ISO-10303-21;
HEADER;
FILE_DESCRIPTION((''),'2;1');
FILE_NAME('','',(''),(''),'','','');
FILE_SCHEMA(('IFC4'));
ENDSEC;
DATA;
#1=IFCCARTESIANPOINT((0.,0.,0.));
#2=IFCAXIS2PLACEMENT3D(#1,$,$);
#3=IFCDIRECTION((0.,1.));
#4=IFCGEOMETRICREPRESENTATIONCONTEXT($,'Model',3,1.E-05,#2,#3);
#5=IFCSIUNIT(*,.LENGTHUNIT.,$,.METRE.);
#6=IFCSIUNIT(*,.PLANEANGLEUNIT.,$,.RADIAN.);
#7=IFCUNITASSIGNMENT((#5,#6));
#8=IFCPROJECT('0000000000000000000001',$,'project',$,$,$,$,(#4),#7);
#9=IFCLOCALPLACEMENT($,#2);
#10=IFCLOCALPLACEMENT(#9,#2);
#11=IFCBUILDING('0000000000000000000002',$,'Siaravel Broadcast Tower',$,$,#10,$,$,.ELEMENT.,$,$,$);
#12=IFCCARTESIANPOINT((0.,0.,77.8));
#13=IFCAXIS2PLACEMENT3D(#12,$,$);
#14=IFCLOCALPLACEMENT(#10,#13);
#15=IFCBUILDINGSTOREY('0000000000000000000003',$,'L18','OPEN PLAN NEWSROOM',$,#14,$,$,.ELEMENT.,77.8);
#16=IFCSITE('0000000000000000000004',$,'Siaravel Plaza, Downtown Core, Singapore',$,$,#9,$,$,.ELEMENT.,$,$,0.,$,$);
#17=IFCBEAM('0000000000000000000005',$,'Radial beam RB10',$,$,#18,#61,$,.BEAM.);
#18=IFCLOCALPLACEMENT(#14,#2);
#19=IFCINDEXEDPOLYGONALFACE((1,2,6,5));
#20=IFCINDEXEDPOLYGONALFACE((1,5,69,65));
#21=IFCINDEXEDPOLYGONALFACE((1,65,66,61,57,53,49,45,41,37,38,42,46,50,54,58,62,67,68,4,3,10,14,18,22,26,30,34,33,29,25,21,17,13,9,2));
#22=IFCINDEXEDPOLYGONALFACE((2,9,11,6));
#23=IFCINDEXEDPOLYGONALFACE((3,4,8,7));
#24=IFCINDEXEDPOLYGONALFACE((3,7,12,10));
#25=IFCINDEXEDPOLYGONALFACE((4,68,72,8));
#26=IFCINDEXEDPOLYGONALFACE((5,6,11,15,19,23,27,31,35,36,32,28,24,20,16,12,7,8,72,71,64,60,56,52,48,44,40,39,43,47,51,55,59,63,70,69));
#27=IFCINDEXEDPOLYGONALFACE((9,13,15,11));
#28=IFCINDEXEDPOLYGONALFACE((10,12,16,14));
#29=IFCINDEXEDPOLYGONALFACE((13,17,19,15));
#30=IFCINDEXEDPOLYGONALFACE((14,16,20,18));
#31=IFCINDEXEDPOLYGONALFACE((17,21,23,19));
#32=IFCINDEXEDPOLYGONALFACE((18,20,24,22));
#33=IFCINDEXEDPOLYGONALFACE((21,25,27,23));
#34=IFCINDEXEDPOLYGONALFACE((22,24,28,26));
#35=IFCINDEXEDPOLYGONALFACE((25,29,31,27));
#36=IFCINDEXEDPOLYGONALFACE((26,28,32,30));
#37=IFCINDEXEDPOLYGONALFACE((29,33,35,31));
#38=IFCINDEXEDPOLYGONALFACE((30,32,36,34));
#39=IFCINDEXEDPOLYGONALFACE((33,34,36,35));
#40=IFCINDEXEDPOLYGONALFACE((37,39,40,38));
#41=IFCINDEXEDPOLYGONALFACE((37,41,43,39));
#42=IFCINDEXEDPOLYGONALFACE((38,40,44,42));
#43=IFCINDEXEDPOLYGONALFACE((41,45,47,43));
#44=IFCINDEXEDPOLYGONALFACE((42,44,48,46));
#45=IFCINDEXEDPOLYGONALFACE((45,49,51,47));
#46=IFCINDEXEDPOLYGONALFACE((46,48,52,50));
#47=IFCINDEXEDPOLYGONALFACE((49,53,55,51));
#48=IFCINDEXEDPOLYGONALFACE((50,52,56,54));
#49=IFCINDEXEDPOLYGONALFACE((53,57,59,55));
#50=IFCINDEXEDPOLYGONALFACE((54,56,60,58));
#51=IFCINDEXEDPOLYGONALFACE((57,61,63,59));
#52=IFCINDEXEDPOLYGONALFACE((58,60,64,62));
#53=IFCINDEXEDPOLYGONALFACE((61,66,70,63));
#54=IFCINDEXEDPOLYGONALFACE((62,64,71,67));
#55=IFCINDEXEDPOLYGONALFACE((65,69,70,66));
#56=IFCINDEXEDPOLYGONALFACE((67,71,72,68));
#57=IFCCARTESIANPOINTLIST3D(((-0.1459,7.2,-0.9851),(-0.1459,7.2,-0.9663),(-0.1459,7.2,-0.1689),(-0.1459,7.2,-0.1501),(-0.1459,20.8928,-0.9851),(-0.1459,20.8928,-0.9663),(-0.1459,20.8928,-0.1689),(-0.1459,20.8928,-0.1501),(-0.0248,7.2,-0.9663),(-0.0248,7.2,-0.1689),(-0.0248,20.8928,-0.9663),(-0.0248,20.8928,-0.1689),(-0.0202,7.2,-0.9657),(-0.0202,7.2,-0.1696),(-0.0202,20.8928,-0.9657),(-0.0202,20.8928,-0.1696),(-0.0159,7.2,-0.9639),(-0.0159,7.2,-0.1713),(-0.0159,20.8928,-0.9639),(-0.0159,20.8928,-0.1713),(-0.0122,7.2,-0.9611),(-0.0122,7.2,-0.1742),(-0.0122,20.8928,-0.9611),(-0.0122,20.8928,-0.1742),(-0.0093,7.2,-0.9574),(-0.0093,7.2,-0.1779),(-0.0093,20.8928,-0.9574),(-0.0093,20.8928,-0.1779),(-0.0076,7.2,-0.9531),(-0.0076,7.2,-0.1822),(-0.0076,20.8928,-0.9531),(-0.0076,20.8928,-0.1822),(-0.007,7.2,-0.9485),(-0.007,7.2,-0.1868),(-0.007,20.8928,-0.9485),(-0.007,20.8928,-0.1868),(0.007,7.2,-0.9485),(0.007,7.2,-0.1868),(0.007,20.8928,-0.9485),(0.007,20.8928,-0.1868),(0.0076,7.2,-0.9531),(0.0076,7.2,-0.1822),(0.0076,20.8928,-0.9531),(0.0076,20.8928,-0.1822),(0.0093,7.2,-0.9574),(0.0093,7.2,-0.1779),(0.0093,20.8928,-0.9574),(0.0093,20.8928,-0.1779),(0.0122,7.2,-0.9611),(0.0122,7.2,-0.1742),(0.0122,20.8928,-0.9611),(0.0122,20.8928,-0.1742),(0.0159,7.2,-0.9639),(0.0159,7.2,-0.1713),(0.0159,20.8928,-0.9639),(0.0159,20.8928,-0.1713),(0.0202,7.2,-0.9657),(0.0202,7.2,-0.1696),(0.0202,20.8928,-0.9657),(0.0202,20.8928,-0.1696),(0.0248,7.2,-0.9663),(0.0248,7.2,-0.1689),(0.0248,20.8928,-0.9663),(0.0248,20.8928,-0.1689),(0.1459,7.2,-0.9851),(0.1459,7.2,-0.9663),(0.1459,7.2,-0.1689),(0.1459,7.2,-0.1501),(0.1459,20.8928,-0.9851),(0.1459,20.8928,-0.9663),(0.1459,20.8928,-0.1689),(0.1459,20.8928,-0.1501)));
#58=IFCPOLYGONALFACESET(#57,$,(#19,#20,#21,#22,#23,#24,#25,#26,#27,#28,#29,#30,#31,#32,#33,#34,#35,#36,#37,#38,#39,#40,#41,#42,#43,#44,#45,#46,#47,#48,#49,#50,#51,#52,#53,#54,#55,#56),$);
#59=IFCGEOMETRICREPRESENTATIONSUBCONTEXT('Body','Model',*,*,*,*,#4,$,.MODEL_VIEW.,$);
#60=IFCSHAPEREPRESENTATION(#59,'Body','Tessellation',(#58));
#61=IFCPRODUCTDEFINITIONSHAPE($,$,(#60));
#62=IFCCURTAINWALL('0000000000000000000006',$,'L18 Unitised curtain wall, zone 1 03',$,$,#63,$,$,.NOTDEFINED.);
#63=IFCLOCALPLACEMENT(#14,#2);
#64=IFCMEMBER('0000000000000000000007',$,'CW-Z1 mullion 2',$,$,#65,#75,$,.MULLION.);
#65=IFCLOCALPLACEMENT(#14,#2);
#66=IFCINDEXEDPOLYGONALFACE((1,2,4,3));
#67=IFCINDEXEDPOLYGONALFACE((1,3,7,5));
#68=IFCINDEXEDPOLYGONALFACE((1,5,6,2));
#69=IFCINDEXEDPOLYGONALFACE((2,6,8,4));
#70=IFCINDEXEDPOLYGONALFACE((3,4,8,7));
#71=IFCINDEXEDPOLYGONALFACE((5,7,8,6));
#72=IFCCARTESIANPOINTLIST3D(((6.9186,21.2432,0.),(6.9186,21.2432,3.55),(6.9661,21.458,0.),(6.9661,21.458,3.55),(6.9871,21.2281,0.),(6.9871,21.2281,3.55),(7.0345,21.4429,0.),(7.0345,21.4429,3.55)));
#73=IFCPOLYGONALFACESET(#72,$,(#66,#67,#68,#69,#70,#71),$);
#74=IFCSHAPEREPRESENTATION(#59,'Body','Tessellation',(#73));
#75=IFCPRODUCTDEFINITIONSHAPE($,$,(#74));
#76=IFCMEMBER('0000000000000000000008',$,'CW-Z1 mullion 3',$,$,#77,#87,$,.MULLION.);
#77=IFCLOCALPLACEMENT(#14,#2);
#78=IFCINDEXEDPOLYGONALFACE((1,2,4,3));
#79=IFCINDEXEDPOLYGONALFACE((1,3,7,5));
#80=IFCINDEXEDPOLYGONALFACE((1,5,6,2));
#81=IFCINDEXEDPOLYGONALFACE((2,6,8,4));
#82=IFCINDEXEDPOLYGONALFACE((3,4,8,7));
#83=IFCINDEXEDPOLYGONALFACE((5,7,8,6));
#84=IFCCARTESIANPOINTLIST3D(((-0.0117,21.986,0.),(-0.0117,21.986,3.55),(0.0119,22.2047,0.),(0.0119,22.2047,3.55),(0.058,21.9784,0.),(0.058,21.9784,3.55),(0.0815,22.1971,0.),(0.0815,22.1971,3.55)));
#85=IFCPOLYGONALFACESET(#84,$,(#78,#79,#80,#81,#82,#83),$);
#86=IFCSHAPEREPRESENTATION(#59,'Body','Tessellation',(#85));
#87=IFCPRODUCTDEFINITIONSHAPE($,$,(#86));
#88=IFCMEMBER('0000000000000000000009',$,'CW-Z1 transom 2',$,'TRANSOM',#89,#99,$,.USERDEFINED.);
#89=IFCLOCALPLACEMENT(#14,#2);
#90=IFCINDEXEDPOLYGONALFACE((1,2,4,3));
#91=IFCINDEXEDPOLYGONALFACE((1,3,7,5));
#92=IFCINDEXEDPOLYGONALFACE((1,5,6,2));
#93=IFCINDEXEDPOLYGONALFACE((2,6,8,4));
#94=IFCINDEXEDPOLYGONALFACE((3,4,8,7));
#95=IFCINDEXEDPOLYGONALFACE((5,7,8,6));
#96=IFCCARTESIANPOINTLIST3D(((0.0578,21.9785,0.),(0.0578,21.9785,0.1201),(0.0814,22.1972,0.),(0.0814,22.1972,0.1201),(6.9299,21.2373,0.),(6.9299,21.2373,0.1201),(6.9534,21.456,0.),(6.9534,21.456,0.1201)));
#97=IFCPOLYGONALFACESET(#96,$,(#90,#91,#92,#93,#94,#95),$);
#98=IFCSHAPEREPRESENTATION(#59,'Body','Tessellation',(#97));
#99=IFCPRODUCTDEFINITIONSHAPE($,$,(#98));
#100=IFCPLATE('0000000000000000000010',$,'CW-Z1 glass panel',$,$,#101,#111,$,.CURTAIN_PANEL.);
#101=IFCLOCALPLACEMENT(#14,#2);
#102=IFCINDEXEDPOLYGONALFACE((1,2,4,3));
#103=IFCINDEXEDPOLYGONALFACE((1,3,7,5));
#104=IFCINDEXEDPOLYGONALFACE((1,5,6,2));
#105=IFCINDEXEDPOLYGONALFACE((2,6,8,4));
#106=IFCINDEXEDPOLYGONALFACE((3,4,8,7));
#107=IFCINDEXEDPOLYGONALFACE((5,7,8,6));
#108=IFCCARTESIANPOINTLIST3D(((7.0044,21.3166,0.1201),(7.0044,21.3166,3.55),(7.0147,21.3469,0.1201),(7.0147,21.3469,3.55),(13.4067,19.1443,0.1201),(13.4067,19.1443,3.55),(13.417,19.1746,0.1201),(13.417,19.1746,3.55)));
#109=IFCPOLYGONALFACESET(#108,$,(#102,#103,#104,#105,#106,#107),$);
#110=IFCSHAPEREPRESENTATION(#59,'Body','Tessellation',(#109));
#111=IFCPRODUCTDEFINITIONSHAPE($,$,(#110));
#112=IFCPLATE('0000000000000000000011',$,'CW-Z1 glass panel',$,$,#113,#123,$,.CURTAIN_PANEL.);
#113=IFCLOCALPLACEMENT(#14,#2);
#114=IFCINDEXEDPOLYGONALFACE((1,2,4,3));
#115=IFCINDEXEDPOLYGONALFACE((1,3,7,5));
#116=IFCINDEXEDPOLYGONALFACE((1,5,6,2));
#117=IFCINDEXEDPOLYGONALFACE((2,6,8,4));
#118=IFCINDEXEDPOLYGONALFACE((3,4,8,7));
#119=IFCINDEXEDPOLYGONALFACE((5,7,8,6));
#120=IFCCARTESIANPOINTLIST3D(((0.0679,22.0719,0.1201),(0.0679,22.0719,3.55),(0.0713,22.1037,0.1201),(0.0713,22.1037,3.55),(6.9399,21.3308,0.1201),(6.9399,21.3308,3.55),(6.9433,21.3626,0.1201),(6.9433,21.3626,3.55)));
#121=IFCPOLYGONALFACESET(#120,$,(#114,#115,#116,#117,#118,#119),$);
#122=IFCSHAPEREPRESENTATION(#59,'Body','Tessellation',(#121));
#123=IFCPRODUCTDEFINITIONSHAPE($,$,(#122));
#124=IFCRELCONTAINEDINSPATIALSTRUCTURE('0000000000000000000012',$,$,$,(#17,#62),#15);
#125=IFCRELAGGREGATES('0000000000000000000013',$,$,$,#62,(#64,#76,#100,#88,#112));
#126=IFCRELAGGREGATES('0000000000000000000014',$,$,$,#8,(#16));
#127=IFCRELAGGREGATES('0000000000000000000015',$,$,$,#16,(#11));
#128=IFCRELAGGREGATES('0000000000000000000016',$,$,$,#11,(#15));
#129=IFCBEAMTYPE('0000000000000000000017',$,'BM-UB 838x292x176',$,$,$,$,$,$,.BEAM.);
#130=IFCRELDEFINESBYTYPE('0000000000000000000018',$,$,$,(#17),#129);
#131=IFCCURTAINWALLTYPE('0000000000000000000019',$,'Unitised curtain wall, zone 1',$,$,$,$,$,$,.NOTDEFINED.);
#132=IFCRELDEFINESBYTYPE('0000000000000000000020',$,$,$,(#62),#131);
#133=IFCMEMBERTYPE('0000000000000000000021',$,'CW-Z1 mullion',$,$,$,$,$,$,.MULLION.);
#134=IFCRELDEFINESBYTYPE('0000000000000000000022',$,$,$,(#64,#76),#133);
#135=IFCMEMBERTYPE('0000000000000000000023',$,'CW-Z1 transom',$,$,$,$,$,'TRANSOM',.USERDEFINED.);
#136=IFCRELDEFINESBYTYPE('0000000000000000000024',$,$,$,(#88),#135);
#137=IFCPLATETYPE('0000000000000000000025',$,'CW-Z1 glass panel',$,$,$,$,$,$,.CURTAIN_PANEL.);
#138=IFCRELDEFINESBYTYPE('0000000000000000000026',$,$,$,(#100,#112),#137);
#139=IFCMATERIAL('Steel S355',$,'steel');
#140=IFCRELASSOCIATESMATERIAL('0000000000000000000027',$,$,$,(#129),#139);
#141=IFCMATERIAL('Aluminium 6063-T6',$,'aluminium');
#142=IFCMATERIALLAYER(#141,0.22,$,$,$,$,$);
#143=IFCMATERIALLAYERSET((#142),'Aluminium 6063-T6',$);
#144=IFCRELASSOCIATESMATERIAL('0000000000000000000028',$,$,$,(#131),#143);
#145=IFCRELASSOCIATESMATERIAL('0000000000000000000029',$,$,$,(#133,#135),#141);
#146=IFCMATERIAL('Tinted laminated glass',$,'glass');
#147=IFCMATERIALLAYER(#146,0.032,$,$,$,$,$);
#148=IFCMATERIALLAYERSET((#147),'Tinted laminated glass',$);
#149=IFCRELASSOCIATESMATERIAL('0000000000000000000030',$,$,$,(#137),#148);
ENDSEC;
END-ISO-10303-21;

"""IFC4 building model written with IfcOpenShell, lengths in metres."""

from ifc_helpers import new_model, si_unit, direction, frame, origin, origin_2d, place, context, subcontext, project, spatial, rectangle, i_section, extrude, material, layer, layer_set, material_profile, profile_set, type_object, element, aggregate, save


model = new_model("IFC4")

# Units and contexts
model_context = context("Model", 3, precision=1e-05, world=origin(), true_north=direction((0.0, 1.0)))
body_context = subcontext(model_context, "Body", "Model", "MODEL_VIEW")
ifc_project = project(units=[si_unit("LENGTHUNIT", "METRE"), si_unit("PLANEANGLEUNIT", "RADIAN")], contexts=[model_context])

# Site, building, storey
site_placement = place(None, origin())
site = spatial("IfcSite", under=ifc_project, at=site_placement, Name="Siaravel Plaza, Downtown Core, Singapore", CompositionType="ELEMENT", RefElevation=0.0)
building_placement = place(site_placement, origin())
building = spatial("IfcBuilding", under=site, at=building_placement, Name="Siaravel Broadcast Tower", CompositionType="ELEMENT")
storey_placement = place(building_placement, frame((0.0, 0.0, 77.8)))
storey = spatial("IfcBuildingStorey", under=building, at=storey_placement, Name="L18", Description="OPEN PLAN NEWSROOM", CompositionType="ELEMENT", Elevation=77.8)

# Beam
ifc_material_1 = material(Name="Steel S355", Category="steel")
ifc_material_profile_1 = material_profile(ifc_material_1, i_section(OverallWidth=0.2917, OverallDepth=0.835, WebThickness=0.0139, FlangeThickness=0.0188, FilletRadius=0.0178, at=origin_2d()))
ifc_profile_set_1 = profile_set([ifc_material_profile_1], Name="Steel S355")
beam_type = type_object("IfcBeamType", Name="BM-UB 838x292x176", PredefinedType="BEAM", material=ifc_profile_set_1)
beam_1_placement = place(storey_placement, frame((0.0, 20.8928, -0.5676), z_axis=(0.0, -1.0, 0.0), x_axis=(1.0, 0.0, 0.0)))
element("IfcBeam", 1, at=beam_1_placement, inside=storey, type_object=beam_type, Name="Radial beam RB10", PredefinedType="BEAM", context=body_context, shape_type="SweptSolid", body=[
    extrude(i_section(OverallWidth=0.2917, OverallDepth=0.835, WebThickness=0.0139, FlangeThickness=0.0188, FilletRadius=0.0178, at=origin_2d()), origin(), (0.0, 0.0, 1.0), 13.6929),
])

# Curtain wall, members, plates
ifc_material_2 = material(Name="Aluminium 6063-T6", Category="aluminium")
ifc_layer_1 = layer(ifc_material_2, 0.22)
ifc_layer_set_1 = layer_set([ifc_layer_1], Name="Aluminium 6063-T6")
curtain_wall_type = type_object("IfcCurtainWallType", Name="Unitised curtain wall, zone 1", PredefinedType="NOTDEFINED", material=ifc_layer_set_1)
curtain_wall_placement = place(storey_placement, origin())
curtain_wall = element("IfcCurtainWall", 2, at=curtain_wall_placement, inside=storey, type_object=curtain_wall_type, Name="L18 Unitised curtain wall, zone 1 03", PredefinedType="NOTDEFINED")
ifc_material_profile_2 = material_profile(ifc_material_2, rectangle(XDim=0.22, YDim=0.0701, at=origin_2d()))
ifc_profile_set_2 = profile_set([ifc_material_profile_2], Name="Aluminium 6063-T6")
member_type_1 = type_object("IfcMemberType", Name="CW-Z1 mullion", PredefinedType="MULLION", material=ifc_profile_set_2)
member_1_placement = place(storey_placement, frame((6.9766, 21.343, 0.0), z_axis=(0.0, 0.0, 1.0), x_axis=(-0.215558, -0.976491, 0.0)))
member_1 = element("IfcMember", 3, at=member_1_placement, type_object=member_type_1, Name="CW-Z1 mullion 2", PredefinedType="MULLION", context=body_context, shape_type="SweptSolid", body=[
    extrude(rectangle(XDim=0.22, YDim=0.0701, at=origin_2d()), origin(), (0.0, 0.0, 1.0), 3.55),
])
member_2_placement = place(storey_placement, frame((0.0349, 22.0916, 0.0), z_axis=(0.0, 0.0, 1.0), x_axis=(-0.107218, -0.994236, 0.0)))
member_2 = element("IfcMember", 4, at=member_2_placement, type_object=member_type_1, Name="CW-Z1 mullion 3", PredefinedType="MULLION", context=body_context, shape_type="SweptSolid", body=[
    extrude(rectangle(XDim=0.22, YDim=0.0701, at=origin_2d()), origin(), (0.0, 0.0, 1.0), 3.55),
])
ifc_material_profile_3 = material_profile(ifc_material_2, rectangle(XDim=0.22, YDim=0.1201, at=origin_2d()))
ifc_profile_set_3 = profile_set([ifc_material_profile_3], Name="Aluminium 6063-T6")
member_type_2 = type_object("IfcMemberType", Name="CW-Z1 transom", ElementType="TRANSOM", PredefinedType="USERDEFINED", material=ifc_profile_set_3)
member_3_placement = place(storey_placement, frame((6.9417, 21.3467, 0.0601), z_axis=(-0.994234, 0.107237, 0.0), x_axis=(-0.107237, -0.994234, 0.0)))
member_3 = element("IfcMember", 5, at=member_3_placement, type_object=member_type_2, Name="CW-Z1 transom 2", ObjectType="TRANSOM", PredefinedType="USERDEFINED", context=body_context, shape_type="SweptSolid", body=[
    extrude(rectangle(XDim=0.22, YDim=0.1201, at=origin_2d()), origin(), (0.0, 0.0, 1.0), 6.9119),
])
ifc_material_3 = material(Name="Tinted laminated glass", Category="glass")
ifc_layer_2 = layer(ifc_material_3, 0.032)
ifc_layer_set_2 = layer_set([ifc_layer_2], Name="Tinted laminated glass")
plate_type = type_object("IfcPlateType", Name="CW-Z1 glass panel", PredefinedType="CURTAIN_PANEL", material=ifc_layer_set_2)
plate_1_placement = place(storey_placement, frame((10.2107, 20.2456, 0.1201), z_axis=(0.0, 0.0, 1.0), x_axis=(-0.946977, 0.321301, 0.0)))
plate_1 = element("IfcPlate", 6, at=plate_1_placement, type_object=plate_type, Name="CW-Z1 glass panel", PredefinedType="CURTAIN_PANEL", context=body_context, shape_type="SweptSolid", body=[
    extrude(rectangle(XDim=6.7607, YDim=0.032, at=origin_2d()), origin(), (0.0, 0.0, 1.0), 3.4299),
])
plate_2_placement = place(storey_placement, frame((3.5056, 21.7173, 0.1201), z_axis=(0.0, 0.0, 1.0), x_axis=(-0.994236, 0.107218, 0.0)))
plate_2 = element("IfcPlate", 7, at=plate_2_placement, type_object=plate_type, Name="CW-Z1 glass panel", PredefinedType="CURTAIN_PANEL", context=body_context, shape_type="SweptSolid", body=[
    extrude(rectangle(XDim=6.9119, YDim=0.032, at=origin_2d()), origin(), (0.0, 0.0, 1.0), 3.4299),
])
aggregate(curtain_wall, [member_1, member_2, plate_1, member_3, plate_2])

save(model, "model.ifc")
